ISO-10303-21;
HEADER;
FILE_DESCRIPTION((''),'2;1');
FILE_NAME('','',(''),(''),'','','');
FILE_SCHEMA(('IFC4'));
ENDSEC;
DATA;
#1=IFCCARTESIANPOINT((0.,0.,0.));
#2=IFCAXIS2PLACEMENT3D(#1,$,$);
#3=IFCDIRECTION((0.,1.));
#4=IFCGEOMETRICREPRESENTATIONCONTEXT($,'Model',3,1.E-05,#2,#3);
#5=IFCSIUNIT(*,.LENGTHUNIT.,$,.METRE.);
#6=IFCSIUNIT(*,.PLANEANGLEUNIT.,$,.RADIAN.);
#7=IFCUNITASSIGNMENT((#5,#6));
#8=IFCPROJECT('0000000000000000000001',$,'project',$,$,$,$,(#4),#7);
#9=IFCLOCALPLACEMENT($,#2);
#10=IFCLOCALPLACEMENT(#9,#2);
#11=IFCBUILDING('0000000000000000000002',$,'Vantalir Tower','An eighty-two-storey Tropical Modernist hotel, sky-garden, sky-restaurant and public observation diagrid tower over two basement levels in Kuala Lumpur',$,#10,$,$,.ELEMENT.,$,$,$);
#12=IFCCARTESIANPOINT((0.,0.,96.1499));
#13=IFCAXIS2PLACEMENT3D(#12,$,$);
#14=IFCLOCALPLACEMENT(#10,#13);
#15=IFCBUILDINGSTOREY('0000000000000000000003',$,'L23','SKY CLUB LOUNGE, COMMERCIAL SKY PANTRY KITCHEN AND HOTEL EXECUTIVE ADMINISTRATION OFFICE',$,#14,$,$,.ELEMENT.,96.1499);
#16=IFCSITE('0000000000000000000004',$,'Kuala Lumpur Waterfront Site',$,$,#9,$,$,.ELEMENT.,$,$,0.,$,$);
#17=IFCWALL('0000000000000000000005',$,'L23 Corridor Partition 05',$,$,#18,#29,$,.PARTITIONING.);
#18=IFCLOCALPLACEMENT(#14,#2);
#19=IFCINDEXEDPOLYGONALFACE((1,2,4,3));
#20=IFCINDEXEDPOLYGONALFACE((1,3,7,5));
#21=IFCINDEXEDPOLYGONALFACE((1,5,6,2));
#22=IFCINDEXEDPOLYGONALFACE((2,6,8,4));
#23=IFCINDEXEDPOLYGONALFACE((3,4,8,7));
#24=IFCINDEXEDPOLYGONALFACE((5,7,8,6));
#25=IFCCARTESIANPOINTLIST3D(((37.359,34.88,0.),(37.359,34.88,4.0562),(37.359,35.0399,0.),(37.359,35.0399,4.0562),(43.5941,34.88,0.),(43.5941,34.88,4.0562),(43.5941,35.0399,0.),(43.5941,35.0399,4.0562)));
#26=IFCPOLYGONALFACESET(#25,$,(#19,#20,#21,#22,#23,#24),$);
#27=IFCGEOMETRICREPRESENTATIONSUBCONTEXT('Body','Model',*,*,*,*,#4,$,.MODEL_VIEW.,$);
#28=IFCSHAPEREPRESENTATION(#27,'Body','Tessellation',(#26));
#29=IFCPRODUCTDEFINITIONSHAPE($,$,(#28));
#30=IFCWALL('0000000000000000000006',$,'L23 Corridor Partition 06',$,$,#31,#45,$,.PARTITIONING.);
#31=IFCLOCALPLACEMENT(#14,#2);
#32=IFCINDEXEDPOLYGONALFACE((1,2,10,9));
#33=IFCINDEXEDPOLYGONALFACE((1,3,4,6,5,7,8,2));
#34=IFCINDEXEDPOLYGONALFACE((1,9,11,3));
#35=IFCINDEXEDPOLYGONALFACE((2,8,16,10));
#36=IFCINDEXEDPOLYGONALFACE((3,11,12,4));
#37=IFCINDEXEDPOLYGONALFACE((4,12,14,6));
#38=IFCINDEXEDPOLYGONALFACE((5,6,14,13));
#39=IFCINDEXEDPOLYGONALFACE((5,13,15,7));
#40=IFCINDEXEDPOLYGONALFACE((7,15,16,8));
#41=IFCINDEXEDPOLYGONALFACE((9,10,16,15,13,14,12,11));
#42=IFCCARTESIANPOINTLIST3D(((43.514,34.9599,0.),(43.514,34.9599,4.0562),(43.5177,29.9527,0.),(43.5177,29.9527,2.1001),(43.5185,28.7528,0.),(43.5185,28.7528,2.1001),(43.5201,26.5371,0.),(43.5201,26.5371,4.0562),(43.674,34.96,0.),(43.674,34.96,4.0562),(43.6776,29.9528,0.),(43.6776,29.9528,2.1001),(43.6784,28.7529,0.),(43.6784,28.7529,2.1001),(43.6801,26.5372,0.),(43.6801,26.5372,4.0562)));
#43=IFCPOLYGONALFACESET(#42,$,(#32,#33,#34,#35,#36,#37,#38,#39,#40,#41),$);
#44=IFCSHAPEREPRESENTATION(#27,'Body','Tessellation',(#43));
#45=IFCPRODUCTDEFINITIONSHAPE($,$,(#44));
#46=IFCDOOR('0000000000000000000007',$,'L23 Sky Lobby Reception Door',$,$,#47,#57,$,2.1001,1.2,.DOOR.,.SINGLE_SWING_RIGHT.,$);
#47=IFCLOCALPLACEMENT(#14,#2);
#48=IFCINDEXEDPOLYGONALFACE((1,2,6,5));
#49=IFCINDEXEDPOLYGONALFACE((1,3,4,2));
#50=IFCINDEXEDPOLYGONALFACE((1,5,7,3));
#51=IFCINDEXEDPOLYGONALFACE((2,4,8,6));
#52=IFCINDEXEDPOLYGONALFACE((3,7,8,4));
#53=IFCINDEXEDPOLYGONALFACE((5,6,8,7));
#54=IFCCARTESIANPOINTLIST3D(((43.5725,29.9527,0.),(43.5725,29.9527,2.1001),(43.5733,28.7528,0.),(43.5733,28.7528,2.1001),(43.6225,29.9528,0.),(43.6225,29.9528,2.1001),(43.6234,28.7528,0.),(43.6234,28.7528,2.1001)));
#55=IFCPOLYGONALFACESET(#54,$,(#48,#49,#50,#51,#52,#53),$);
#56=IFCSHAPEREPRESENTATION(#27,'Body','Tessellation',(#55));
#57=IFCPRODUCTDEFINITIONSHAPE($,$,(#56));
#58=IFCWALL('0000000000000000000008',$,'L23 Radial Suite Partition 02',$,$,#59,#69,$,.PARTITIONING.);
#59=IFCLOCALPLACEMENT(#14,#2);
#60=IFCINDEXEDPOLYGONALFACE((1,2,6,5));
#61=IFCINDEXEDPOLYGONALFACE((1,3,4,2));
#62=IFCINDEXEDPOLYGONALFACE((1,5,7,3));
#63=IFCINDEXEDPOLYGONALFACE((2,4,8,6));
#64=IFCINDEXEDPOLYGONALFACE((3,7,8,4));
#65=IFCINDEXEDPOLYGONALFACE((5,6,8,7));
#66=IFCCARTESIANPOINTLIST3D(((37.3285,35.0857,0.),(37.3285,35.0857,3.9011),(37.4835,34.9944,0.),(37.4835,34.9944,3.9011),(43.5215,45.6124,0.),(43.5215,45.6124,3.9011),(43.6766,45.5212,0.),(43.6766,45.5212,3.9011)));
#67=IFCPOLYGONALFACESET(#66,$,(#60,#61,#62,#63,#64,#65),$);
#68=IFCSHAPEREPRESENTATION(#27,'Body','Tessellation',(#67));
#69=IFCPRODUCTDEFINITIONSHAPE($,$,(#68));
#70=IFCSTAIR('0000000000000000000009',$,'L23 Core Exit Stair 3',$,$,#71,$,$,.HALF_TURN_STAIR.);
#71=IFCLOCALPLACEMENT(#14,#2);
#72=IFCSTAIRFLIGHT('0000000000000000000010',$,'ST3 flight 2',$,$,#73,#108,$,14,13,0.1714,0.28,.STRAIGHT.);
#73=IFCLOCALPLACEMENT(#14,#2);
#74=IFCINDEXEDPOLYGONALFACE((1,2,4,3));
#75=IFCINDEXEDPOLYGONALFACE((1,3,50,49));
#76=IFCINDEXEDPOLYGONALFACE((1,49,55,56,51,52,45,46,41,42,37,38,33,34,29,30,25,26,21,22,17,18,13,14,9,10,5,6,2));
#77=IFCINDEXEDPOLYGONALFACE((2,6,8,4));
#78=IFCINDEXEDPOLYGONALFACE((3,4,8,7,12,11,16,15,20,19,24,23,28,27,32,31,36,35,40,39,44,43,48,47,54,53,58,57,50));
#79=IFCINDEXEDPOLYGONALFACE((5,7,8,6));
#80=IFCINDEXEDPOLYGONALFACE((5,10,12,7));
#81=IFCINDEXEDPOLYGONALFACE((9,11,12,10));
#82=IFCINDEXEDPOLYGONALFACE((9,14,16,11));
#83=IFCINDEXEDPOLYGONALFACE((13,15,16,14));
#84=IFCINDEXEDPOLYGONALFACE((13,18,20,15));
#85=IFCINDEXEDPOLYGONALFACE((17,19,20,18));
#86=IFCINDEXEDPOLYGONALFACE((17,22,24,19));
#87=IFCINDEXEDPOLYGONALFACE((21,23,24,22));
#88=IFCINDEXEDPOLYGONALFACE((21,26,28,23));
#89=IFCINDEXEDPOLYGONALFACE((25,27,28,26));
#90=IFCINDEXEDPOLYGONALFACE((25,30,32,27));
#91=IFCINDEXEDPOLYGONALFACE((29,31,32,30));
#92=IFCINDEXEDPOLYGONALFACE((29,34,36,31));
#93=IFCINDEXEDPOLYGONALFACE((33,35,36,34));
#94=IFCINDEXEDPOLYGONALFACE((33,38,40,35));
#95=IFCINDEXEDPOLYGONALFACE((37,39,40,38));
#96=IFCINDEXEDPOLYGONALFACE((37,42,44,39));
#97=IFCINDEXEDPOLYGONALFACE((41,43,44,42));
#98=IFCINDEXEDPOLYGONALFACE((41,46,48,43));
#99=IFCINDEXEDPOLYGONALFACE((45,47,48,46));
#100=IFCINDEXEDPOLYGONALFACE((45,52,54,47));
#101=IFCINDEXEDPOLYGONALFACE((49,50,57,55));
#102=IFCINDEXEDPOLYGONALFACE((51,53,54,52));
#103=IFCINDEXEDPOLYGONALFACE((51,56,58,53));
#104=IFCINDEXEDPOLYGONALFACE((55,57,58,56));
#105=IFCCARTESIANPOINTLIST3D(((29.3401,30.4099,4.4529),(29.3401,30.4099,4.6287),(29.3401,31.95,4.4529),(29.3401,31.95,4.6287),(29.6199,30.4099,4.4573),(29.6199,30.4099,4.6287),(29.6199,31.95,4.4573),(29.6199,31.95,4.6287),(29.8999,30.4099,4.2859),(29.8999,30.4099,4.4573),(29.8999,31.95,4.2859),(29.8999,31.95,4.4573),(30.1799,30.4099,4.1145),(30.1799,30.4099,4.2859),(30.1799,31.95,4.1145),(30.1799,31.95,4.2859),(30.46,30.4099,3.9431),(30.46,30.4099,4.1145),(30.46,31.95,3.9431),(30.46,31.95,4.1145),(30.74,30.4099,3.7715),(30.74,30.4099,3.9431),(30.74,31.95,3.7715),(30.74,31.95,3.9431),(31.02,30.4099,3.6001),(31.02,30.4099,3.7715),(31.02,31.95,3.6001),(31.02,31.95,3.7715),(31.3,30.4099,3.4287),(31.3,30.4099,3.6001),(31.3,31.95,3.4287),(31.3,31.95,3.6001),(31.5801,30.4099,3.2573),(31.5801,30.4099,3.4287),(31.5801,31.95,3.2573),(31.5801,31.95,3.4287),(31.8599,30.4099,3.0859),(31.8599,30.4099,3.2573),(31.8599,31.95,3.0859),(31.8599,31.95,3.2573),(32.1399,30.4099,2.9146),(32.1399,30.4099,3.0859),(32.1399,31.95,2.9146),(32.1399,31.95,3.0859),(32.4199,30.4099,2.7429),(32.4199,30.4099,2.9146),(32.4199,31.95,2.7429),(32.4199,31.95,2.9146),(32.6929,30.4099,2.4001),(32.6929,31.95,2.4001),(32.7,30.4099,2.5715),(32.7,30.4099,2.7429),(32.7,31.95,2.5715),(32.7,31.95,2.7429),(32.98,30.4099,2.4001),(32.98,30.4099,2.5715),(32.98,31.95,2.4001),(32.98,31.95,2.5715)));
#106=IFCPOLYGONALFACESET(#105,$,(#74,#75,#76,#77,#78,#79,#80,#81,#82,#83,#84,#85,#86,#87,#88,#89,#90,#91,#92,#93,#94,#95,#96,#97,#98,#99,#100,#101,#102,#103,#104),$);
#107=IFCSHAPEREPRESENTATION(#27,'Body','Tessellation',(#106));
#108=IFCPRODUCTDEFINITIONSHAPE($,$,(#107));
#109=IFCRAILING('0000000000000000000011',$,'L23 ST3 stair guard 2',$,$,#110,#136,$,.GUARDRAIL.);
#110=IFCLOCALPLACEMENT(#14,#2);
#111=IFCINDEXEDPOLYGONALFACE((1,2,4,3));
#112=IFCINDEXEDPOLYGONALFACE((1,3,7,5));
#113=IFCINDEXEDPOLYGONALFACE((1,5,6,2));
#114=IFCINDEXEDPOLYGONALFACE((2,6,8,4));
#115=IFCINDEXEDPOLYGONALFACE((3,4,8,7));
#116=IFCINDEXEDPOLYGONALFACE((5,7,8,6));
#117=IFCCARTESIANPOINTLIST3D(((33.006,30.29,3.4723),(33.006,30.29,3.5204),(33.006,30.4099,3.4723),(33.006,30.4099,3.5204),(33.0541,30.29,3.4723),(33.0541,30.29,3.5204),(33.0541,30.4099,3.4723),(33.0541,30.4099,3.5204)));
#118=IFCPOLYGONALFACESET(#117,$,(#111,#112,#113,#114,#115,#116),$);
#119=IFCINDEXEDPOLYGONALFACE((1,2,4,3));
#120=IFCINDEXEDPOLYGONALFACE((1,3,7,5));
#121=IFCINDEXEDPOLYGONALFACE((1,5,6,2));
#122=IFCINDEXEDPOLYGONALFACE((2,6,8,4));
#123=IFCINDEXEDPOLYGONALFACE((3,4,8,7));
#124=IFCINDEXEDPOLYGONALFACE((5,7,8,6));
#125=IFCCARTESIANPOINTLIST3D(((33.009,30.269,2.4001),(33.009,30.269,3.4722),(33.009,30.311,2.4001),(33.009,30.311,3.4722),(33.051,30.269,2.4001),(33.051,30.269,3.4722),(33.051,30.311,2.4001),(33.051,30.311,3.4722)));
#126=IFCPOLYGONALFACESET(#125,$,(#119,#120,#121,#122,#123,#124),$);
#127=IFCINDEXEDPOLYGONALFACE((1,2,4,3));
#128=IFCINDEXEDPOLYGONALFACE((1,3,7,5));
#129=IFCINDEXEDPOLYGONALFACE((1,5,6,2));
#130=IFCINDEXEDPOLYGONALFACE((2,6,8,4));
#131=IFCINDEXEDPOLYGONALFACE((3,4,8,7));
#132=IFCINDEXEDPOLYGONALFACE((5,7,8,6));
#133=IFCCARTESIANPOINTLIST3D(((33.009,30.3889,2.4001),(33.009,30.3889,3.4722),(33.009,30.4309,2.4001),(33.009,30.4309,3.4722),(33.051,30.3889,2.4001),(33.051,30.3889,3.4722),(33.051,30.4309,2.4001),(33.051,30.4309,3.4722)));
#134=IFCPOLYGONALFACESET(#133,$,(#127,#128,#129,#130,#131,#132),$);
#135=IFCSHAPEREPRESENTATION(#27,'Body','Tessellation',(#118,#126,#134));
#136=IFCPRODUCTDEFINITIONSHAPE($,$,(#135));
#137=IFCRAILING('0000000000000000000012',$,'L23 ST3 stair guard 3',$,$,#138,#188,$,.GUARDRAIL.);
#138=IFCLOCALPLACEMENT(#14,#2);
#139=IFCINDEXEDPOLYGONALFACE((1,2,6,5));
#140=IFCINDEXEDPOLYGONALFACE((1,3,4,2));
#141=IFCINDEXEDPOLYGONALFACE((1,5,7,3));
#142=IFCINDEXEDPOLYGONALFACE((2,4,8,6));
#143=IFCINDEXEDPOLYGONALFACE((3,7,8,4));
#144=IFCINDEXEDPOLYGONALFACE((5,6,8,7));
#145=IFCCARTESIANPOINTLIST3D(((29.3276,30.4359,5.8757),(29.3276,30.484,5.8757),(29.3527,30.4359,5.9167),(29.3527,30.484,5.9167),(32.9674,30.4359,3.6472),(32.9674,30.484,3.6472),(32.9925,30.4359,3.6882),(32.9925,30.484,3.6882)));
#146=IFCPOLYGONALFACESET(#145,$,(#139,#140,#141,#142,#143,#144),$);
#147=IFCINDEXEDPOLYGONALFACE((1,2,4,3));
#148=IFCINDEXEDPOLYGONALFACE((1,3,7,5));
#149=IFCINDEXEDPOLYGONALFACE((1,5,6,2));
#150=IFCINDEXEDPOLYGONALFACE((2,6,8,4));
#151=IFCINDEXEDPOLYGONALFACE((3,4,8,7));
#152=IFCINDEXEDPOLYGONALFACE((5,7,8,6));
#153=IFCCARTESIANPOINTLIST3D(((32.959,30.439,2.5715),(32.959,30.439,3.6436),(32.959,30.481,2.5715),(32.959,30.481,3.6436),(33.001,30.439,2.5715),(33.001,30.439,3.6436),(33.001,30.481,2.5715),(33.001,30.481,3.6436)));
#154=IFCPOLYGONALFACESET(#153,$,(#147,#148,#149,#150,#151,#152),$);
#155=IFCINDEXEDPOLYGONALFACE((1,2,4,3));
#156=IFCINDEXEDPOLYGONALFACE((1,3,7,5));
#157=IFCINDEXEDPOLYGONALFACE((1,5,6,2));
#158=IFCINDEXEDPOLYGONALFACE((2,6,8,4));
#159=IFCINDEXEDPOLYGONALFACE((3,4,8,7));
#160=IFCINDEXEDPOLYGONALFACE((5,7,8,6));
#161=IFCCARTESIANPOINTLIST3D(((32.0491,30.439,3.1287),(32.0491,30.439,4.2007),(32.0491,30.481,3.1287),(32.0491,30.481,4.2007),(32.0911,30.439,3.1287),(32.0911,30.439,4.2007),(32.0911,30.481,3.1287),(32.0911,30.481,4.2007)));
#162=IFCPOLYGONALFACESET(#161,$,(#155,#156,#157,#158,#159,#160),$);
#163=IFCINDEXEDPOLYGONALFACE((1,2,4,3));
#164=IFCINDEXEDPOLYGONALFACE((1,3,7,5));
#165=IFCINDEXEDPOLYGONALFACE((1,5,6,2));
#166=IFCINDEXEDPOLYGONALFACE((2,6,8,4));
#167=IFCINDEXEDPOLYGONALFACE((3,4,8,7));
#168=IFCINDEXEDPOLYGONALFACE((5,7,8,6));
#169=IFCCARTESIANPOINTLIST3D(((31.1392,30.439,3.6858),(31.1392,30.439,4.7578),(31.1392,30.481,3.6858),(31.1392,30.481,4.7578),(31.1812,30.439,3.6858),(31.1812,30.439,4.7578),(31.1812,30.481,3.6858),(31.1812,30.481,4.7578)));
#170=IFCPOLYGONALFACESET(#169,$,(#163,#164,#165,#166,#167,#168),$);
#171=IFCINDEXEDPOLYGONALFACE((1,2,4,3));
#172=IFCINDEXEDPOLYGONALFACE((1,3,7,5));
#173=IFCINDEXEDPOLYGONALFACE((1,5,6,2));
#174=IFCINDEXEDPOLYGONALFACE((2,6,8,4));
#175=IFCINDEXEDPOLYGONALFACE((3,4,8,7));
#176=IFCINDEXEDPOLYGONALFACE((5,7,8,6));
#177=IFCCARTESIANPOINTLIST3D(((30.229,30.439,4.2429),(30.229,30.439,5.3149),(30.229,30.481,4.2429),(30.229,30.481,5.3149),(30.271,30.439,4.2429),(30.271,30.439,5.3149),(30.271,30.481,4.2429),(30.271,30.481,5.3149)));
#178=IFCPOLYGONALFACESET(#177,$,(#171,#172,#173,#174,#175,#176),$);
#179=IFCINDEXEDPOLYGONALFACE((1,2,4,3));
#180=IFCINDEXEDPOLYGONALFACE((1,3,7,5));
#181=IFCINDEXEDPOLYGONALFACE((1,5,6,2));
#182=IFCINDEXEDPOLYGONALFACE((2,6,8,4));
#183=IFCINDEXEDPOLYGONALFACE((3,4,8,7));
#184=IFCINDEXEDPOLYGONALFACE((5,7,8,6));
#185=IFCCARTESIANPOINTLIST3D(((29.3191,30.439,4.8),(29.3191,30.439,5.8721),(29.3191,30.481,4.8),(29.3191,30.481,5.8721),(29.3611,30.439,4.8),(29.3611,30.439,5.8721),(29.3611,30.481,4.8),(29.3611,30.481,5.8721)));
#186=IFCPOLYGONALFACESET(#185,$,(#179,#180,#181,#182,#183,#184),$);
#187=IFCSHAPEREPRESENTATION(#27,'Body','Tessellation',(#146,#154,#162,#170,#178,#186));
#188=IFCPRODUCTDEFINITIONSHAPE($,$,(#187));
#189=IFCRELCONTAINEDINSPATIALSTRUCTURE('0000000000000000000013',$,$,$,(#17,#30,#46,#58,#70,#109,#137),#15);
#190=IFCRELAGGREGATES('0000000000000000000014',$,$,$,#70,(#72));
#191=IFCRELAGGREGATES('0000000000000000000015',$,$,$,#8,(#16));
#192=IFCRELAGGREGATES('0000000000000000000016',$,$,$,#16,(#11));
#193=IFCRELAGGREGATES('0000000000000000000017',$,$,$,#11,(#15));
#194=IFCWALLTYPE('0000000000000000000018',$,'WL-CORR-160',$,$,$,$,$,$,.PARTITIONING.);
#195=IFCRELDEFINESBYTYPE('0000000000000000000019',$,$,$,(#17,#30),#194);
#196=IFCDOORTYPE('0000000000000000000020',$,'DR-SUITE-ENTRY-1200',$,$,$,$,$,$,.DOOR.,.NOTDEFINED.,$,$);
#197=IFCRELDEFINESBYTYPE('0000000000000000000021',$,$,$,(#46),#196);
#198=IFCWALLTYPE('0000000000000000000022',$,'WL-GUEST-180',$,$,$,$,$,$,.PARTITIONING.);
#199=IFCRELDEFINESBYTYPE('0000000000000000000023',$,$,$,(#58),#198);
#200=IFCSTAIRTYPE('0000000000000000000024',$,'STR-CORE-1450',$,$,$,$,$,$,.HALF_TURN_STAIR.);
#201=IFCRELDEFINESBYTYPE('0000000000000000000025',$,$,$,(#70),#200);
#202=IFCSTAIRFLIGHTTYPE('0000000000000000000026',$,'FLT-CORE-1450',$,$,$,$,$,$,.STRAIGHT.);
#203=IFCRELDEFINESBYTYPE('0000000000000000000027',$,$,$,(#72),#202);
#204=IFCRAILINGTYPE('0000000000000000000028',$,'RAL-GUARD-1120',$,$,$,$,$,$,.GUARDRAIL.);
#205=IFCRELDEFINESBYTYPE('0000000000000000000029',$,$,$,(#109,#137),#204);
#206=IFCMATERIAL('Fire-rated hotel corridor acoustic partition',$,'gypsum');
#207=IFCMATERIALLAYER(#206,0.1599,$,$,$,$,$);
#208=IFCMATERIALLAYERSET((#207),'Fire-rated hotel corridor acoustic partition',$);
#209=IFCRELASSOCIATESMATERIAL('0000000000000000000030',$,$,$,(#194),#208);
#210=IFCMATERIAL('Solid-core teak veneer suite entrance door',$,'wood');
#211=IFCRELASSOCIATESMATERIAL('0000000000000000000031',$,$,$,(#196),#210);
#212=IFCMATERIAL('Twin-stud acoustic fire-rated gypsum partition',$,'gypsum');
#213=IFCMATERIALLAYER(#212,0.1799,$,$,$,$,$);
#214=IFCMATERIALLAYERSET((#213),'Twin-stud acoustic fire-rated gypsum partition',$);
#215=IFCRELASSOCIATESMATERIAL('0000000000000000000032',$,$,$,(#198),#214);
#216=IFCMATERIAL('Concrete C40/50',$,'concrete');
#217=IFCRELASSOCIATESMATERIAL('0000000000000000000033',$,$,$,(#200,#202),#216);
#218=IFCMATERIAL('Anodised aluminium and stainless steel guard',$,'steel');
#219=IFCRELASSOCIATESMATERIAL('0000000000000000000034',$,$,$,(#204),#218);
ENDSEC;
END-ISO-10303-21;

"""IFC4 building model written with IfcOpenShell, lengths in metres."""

from ifc_helpers import new_model, si_unit, direction, frame, frame_2d, origin, origin_2d, place, context, subcontext, project, spatial, polyline, rectangle, outline, extrude, material, layer, layer_set, type_object, element, fill, aggregate, save


model = new_model("IFC4")

# Units and contexts
model_context = context("Model", 3, precision=1e-05, world=origin(), true_north=direction((0.0, 1.0)))
body_context = subcontext(model_context, "Body", "Model", "MODEL_VIEW")
ifc_project = project(units=[si_unit("LENGTHUNIT", "METRE"), si_unit("PLANEANGLEUNIT", "RADIAN")], contexts=[model_context])

# Site, building, storey
site_placement = place(None, origin())
site = spatial("IfcSite", under=ifc_project, at=site_placement, Name="Kuala Lumpur Waterfront Site", CompositionType="ELEMENT", RefElevation=0.0)
building_placement = place(site_placement, origin())
building = spatial("IfcBuilding", under=site, at=building_placement, Name="Vantalir Tower", Description="An eighty-two-storey Tropical Modernist hotel, sky-garden, sky-restaurant and public observation diagrid tower over two basement levels in Kuala Lumpur", CompositionType="ELEMENT")
storey_placement = place(building_placement, frame((0.0, 0.0, 96.1499)))
storey = spatial("IfcBuildingStorey", under=building, at=storey_placement, Name="L23", Description="SKY CLUB LOUNGE, COMMERCIAL SKY PANTRY KITCHEN AND HOTEL EXECUTIVE ADMINISTRATION OFFICE", CompositionType="ELEMENT", Elevation=96.1499)

# Wall
ifc_material_1 = material(Name="Fire-rated hotel corridor acoustic partition", Category="gypsum")
ifc_layer_1 = layer(ifc_material_1, 0.1599)
ifc_layer_set_1 = layer_set([ifc_layer_1], Name="Fire-rated hotel corridor acoustic partition")
wall_type_1 = type_object("IfcWallType", Name="WL-CORR-160", PredefinedType="PARTITIONING", material=ifc_layer_set_1)
wall_1_placement = place(storey_placement, frame((37.3589, 34.96, 0.0), z_axis=(0.0, 0.0, 1.0), x_axis=(1.0, 0.0, 0.0)))
element("IfcWall", 1, at=wall_1_placement, inside=storey, type_object=wall_type_1, Name="L23 Corridor Partition 05", PredefinedType="PARTITIONING", context=body_context, shape_type="SweptSolid", body=[
    extrude(rectangle(XDim=6.2351, YDim=0.1599, at=frame_2d((3.1177, 0.0))), origin(), (0.0, 0.0, 1.0), 4.0562),
])

# Wall, opening, door
wall_2_placement = place(storey_placement, frame((43.594, 34.96, 0.0), z_axis=(0.0, 0.0, 1.0), x_axis=(0.000725, -1.0, 0.0)))
wall_2 = element("IfcWall", 2, at=wall_2_placement, inside=storey, type_object=wall_type_1, Name="L23 Corridor Partition 06", PredefinedType="PARTITIONING", context=body_context, shape_type="SweptSolid", body=[
    extrude(rectangle(XDim=8.4229, YDim=0.1599, at=frame_2d((4.2114, 0.0))), origin(), (0.0, 0.0, 1.0), 4.0562),
])
opening_placement = place(wall_2_placement, frame((5.0071, 0.0, 0.0)))
opening = element("IfcOpeningElement", 3, at=opening_placement, cuts=wall_2, PredefinedType="OPENING", context=body_context, shape_type="SweptSolid", body=[
    extrude(rectangle(XDim=1.2, YDim=2.1001, at=frame_2d((0.6001, 1.05))), frame((0.0, 0.0898, 0.0), z_axis=(0.0, -1.0, 0.0), x_axis=(1.0, 0.0, 0.0)), (0.0, 0.0, 1.0), 0.1799),
])
ifc_material_2 = material(Name="Solid-core teak veneer suite entrance door", Category="wood")
door_type = type_object("IfcDoorType", Name="DR-SUITE-ENTRY-1200", OperationType="NOTDEFINED", PredefinedType="DOOR", material=ifc_material_2)
door_placement = place(opening_placement, origin())
door = element("IfcDoor", 4, at=door_placement, inside=storey, type_object=door_type, Name="L23 Sky Lobby Reception Door", OperationType="SINGLE_SWING_RIGHT", OverallHeight=2.1001, OverallWidth=1.2, PredefinedType="DOOR", context=body_context, shape_type="SweptSolid", body=[
    extrude(rectangle(XDim=1.2, YDim=2.1001, at=frame_2d((0.6001, 1.05))), frame((0.0, 0.0249, 0.0), z_axis=(0.0, -1.0, 0.0), x_axis=(1.0, 0.0, 0.0)), (0.0, 0.0, 1.0), 0.05),
])
fill(opening, door)

# Wall
ifc_material_3 = material(Name="Twin-stud acoustic fire-rated gypsum partition", Category="gypsum")
ifc_layer_2 = layer(ifc_material_3, 0.1799)
ifc_layer_set_2 = layer_set([ifc_layer_2], Name="Twin-stud acoustic fire-rated gypsum partition")
wall_type_2 = type_object("IfcWallType", Name="WL-GUEST-180", PredefinedType="PARTITIONING", material=ifc_layer_set_2)
wall_3_placement = place(storey_placement, frame((37.406, 35.04, 0.0), z_axis=(0.0, 0.0, 1.0), x_axis=(0.507072, 0.861904, 0.0)))
element("IfcWall", 5, at=wall_3_placement, inside=storey, type_object=wall_type_2, Name="L23 Radial Suite Partition 02", PredefinedType="PARTITIONING", context=body_context, shape_type="SweptSolid", body=[
    extrude(rectangle(XDim=12.2134, YDim=0.1799, at=frame_2d((6.1067, 0.0))), origin(), (0.0, 0.0, 1.0), 3.9011),
])

# Stair, stair flight
ifc_material_4 = material(Name="Concrete C40/50", Category="concrete")
stair_type = type_object("IfcStairType", Name="STR-CORE-1450", PredefinedType="HALF_TURN_STAIR", material=ifc_material_4)
stair_placement = place(storey_placement, origin())
stair = element("IfcStair", 6, at=stair_placement, inside=storey, type_object=stair_type, Name="L23 Core Exit Stair 3", PredefinedType="HALF_TURN_STAIR")
stair_flight_type = type_object("IfcStairFlightType", Name="FLT-CORE-1450", PredefinedType="STRAIGHT", material=ifc_material_4)
stair_flight_placement = place(storey_placement, frame((32.98, 31.1799, 2.4001), z_axis=(0.0, 0.0, 1.0), x_axis=(-1.0, 0.0, 0.0)))
stair_flight = element("IfcStairFlight", 7, at=stair_flight_placement, type_object=stair_flight_type, Name="ST3 flight 2", NumberOfRisers=14, NumberOfTreads=13, PredefinedType="STRAIGHT", RiserHeight=0.1714, TreadLength=0.28, context=body_context, shape_type="SweptSolid", body=[
    extrude(outline(polyline([(0.0, 0.0), (0.0, 0.1714), (0.28, 0.1714), (0.28, 0.3428), (0.5601, 0.3428), (0.5601, 0.5144), (0.8401, 0.5144), (0.8401, 0.6858), (1.1201, 0.6858), (1.1201, 0.8572), (1.3999, 0.8572), (1.3999, 1.0286), (1.6799, 1.0286), (1.6799, 1.2), (1.96, 1.2), (1.96, 1.3713), (2.24, 1.3713), (2.24, 1.543), (2.52, 1.543), (2.52, 1.7144), (2.8, 1.7144), (2.8, 1.8857), (3.0801, 1.8857), (3.0801, 2.0571), (3.3601, 2.0571), (3.3601, 2.2285), (3.6399, 2.2285), (3.6399, 2.3999), (3.6399, 2.0527), (0.2871, 0.0), (0.0, 0.0)])), frame((0.0, 0.77, 0.0), z_axis=(0.0, -1.0, 0.0), x_axis=(1.0, 0.0, 0.0)), (0.0, 0.0, 1.0), 1.54),
])
aggregate(stair, [stair_flight])

# Railings
ifc_material_5 = material(Name="Anodised aluminium and stainless steel guard", Category="steel")
railing_type_1 = type_object("IfcRailingType", Name="RAL-GUARD-1120", PredefinedType="GUARDRAIL", material=ifc_material_5)
railing_1_placement = place(storey_placement, frame((33.03, 30.29, 2.4001)))
element("IfcRailing", 8, at=railing_1_placement, inside=storey, type_object=railing_type_1, Name="L23 ST3 stair guard 2", PredefinedType="GUARDRAIL", context=body_context, shape_type="SweptSolid", body=[
    extrude(rectangle(XDim=0.0481, YDim=0.0481, at=origin_2d()), frame((0.0, 0.0, 1.0962), z_axis=(0.0, 1.0, 0.0), x_axis=(-1.0, 0.0, 0.0)), (0.0, 0.0, 1.0), 0.1199),
    extrude(rectangle(XDim=0.042, YDim=0.042, at=origin_2d()), origin(), (0.0, 0.0, 1.0), 1.072),
    extrude(rectangle(XDim=0.042, YDim=0.042, at=origin_2d()), frame((0.0, 0.1199, 0.0)), (0.0, 0.0, 1.0), 1.072),
])
railing_2_placement = place(storey_placement, frame((32.98, 30.46, 2.5715)))
element("IfcRailing", 9, at=railing_2_placement, inside=storey, type_object=railing_type_1, Name="L23 ST3 stair guard 3", PredefinedType="GUARDRAIL", context=body_context, shape_type="SweptSolid", body=[
    extrude(rectangle(XDim=0.0481, YDim=0.0481, at=origin_2d()), frame((0.0, 0.0, 1.0962), z_axis=(-0.85285, 0.0, 0.522156), x_axis=(0.0, -1.0, 0.0)), (0.0, 0.0, 1.0), 4.2678),
    extrude(rectangle(XDim=0.042, YDim=0.042, at=origin_2d()), origin(), (0.0, 0.0, 1.0), 1.072),
    extrude(rectangle(XDim=0.042, YDim=0.042, at=origin_2d()), frame((-0.9099, 0.0, 0.5571)), (0.0, 0.0, 1.0), 1.072),
    extrude(rectangle(XDim=0.042, YDim=0.042, at=origin_2d()), frame((-1.8198, 0.0, 1.1143)), (0.0, 0.0, 1.0), 1.072),
    extrude(rectangle(XDim=0.042, YDim=0.042, at=origin_2d()), frame((-2.73, 0.0, 1.6714)), (0.0, 0.0, 1.0), 1.072),
    extrude(rectangle(XDim=0.042, YDim=0.042, at=origin_2d()), frame((-3.6399, 0.0, 2.2285)), (0.0, 0.0, 1.0), 1.072),
])

save(model, "model.ifc")
